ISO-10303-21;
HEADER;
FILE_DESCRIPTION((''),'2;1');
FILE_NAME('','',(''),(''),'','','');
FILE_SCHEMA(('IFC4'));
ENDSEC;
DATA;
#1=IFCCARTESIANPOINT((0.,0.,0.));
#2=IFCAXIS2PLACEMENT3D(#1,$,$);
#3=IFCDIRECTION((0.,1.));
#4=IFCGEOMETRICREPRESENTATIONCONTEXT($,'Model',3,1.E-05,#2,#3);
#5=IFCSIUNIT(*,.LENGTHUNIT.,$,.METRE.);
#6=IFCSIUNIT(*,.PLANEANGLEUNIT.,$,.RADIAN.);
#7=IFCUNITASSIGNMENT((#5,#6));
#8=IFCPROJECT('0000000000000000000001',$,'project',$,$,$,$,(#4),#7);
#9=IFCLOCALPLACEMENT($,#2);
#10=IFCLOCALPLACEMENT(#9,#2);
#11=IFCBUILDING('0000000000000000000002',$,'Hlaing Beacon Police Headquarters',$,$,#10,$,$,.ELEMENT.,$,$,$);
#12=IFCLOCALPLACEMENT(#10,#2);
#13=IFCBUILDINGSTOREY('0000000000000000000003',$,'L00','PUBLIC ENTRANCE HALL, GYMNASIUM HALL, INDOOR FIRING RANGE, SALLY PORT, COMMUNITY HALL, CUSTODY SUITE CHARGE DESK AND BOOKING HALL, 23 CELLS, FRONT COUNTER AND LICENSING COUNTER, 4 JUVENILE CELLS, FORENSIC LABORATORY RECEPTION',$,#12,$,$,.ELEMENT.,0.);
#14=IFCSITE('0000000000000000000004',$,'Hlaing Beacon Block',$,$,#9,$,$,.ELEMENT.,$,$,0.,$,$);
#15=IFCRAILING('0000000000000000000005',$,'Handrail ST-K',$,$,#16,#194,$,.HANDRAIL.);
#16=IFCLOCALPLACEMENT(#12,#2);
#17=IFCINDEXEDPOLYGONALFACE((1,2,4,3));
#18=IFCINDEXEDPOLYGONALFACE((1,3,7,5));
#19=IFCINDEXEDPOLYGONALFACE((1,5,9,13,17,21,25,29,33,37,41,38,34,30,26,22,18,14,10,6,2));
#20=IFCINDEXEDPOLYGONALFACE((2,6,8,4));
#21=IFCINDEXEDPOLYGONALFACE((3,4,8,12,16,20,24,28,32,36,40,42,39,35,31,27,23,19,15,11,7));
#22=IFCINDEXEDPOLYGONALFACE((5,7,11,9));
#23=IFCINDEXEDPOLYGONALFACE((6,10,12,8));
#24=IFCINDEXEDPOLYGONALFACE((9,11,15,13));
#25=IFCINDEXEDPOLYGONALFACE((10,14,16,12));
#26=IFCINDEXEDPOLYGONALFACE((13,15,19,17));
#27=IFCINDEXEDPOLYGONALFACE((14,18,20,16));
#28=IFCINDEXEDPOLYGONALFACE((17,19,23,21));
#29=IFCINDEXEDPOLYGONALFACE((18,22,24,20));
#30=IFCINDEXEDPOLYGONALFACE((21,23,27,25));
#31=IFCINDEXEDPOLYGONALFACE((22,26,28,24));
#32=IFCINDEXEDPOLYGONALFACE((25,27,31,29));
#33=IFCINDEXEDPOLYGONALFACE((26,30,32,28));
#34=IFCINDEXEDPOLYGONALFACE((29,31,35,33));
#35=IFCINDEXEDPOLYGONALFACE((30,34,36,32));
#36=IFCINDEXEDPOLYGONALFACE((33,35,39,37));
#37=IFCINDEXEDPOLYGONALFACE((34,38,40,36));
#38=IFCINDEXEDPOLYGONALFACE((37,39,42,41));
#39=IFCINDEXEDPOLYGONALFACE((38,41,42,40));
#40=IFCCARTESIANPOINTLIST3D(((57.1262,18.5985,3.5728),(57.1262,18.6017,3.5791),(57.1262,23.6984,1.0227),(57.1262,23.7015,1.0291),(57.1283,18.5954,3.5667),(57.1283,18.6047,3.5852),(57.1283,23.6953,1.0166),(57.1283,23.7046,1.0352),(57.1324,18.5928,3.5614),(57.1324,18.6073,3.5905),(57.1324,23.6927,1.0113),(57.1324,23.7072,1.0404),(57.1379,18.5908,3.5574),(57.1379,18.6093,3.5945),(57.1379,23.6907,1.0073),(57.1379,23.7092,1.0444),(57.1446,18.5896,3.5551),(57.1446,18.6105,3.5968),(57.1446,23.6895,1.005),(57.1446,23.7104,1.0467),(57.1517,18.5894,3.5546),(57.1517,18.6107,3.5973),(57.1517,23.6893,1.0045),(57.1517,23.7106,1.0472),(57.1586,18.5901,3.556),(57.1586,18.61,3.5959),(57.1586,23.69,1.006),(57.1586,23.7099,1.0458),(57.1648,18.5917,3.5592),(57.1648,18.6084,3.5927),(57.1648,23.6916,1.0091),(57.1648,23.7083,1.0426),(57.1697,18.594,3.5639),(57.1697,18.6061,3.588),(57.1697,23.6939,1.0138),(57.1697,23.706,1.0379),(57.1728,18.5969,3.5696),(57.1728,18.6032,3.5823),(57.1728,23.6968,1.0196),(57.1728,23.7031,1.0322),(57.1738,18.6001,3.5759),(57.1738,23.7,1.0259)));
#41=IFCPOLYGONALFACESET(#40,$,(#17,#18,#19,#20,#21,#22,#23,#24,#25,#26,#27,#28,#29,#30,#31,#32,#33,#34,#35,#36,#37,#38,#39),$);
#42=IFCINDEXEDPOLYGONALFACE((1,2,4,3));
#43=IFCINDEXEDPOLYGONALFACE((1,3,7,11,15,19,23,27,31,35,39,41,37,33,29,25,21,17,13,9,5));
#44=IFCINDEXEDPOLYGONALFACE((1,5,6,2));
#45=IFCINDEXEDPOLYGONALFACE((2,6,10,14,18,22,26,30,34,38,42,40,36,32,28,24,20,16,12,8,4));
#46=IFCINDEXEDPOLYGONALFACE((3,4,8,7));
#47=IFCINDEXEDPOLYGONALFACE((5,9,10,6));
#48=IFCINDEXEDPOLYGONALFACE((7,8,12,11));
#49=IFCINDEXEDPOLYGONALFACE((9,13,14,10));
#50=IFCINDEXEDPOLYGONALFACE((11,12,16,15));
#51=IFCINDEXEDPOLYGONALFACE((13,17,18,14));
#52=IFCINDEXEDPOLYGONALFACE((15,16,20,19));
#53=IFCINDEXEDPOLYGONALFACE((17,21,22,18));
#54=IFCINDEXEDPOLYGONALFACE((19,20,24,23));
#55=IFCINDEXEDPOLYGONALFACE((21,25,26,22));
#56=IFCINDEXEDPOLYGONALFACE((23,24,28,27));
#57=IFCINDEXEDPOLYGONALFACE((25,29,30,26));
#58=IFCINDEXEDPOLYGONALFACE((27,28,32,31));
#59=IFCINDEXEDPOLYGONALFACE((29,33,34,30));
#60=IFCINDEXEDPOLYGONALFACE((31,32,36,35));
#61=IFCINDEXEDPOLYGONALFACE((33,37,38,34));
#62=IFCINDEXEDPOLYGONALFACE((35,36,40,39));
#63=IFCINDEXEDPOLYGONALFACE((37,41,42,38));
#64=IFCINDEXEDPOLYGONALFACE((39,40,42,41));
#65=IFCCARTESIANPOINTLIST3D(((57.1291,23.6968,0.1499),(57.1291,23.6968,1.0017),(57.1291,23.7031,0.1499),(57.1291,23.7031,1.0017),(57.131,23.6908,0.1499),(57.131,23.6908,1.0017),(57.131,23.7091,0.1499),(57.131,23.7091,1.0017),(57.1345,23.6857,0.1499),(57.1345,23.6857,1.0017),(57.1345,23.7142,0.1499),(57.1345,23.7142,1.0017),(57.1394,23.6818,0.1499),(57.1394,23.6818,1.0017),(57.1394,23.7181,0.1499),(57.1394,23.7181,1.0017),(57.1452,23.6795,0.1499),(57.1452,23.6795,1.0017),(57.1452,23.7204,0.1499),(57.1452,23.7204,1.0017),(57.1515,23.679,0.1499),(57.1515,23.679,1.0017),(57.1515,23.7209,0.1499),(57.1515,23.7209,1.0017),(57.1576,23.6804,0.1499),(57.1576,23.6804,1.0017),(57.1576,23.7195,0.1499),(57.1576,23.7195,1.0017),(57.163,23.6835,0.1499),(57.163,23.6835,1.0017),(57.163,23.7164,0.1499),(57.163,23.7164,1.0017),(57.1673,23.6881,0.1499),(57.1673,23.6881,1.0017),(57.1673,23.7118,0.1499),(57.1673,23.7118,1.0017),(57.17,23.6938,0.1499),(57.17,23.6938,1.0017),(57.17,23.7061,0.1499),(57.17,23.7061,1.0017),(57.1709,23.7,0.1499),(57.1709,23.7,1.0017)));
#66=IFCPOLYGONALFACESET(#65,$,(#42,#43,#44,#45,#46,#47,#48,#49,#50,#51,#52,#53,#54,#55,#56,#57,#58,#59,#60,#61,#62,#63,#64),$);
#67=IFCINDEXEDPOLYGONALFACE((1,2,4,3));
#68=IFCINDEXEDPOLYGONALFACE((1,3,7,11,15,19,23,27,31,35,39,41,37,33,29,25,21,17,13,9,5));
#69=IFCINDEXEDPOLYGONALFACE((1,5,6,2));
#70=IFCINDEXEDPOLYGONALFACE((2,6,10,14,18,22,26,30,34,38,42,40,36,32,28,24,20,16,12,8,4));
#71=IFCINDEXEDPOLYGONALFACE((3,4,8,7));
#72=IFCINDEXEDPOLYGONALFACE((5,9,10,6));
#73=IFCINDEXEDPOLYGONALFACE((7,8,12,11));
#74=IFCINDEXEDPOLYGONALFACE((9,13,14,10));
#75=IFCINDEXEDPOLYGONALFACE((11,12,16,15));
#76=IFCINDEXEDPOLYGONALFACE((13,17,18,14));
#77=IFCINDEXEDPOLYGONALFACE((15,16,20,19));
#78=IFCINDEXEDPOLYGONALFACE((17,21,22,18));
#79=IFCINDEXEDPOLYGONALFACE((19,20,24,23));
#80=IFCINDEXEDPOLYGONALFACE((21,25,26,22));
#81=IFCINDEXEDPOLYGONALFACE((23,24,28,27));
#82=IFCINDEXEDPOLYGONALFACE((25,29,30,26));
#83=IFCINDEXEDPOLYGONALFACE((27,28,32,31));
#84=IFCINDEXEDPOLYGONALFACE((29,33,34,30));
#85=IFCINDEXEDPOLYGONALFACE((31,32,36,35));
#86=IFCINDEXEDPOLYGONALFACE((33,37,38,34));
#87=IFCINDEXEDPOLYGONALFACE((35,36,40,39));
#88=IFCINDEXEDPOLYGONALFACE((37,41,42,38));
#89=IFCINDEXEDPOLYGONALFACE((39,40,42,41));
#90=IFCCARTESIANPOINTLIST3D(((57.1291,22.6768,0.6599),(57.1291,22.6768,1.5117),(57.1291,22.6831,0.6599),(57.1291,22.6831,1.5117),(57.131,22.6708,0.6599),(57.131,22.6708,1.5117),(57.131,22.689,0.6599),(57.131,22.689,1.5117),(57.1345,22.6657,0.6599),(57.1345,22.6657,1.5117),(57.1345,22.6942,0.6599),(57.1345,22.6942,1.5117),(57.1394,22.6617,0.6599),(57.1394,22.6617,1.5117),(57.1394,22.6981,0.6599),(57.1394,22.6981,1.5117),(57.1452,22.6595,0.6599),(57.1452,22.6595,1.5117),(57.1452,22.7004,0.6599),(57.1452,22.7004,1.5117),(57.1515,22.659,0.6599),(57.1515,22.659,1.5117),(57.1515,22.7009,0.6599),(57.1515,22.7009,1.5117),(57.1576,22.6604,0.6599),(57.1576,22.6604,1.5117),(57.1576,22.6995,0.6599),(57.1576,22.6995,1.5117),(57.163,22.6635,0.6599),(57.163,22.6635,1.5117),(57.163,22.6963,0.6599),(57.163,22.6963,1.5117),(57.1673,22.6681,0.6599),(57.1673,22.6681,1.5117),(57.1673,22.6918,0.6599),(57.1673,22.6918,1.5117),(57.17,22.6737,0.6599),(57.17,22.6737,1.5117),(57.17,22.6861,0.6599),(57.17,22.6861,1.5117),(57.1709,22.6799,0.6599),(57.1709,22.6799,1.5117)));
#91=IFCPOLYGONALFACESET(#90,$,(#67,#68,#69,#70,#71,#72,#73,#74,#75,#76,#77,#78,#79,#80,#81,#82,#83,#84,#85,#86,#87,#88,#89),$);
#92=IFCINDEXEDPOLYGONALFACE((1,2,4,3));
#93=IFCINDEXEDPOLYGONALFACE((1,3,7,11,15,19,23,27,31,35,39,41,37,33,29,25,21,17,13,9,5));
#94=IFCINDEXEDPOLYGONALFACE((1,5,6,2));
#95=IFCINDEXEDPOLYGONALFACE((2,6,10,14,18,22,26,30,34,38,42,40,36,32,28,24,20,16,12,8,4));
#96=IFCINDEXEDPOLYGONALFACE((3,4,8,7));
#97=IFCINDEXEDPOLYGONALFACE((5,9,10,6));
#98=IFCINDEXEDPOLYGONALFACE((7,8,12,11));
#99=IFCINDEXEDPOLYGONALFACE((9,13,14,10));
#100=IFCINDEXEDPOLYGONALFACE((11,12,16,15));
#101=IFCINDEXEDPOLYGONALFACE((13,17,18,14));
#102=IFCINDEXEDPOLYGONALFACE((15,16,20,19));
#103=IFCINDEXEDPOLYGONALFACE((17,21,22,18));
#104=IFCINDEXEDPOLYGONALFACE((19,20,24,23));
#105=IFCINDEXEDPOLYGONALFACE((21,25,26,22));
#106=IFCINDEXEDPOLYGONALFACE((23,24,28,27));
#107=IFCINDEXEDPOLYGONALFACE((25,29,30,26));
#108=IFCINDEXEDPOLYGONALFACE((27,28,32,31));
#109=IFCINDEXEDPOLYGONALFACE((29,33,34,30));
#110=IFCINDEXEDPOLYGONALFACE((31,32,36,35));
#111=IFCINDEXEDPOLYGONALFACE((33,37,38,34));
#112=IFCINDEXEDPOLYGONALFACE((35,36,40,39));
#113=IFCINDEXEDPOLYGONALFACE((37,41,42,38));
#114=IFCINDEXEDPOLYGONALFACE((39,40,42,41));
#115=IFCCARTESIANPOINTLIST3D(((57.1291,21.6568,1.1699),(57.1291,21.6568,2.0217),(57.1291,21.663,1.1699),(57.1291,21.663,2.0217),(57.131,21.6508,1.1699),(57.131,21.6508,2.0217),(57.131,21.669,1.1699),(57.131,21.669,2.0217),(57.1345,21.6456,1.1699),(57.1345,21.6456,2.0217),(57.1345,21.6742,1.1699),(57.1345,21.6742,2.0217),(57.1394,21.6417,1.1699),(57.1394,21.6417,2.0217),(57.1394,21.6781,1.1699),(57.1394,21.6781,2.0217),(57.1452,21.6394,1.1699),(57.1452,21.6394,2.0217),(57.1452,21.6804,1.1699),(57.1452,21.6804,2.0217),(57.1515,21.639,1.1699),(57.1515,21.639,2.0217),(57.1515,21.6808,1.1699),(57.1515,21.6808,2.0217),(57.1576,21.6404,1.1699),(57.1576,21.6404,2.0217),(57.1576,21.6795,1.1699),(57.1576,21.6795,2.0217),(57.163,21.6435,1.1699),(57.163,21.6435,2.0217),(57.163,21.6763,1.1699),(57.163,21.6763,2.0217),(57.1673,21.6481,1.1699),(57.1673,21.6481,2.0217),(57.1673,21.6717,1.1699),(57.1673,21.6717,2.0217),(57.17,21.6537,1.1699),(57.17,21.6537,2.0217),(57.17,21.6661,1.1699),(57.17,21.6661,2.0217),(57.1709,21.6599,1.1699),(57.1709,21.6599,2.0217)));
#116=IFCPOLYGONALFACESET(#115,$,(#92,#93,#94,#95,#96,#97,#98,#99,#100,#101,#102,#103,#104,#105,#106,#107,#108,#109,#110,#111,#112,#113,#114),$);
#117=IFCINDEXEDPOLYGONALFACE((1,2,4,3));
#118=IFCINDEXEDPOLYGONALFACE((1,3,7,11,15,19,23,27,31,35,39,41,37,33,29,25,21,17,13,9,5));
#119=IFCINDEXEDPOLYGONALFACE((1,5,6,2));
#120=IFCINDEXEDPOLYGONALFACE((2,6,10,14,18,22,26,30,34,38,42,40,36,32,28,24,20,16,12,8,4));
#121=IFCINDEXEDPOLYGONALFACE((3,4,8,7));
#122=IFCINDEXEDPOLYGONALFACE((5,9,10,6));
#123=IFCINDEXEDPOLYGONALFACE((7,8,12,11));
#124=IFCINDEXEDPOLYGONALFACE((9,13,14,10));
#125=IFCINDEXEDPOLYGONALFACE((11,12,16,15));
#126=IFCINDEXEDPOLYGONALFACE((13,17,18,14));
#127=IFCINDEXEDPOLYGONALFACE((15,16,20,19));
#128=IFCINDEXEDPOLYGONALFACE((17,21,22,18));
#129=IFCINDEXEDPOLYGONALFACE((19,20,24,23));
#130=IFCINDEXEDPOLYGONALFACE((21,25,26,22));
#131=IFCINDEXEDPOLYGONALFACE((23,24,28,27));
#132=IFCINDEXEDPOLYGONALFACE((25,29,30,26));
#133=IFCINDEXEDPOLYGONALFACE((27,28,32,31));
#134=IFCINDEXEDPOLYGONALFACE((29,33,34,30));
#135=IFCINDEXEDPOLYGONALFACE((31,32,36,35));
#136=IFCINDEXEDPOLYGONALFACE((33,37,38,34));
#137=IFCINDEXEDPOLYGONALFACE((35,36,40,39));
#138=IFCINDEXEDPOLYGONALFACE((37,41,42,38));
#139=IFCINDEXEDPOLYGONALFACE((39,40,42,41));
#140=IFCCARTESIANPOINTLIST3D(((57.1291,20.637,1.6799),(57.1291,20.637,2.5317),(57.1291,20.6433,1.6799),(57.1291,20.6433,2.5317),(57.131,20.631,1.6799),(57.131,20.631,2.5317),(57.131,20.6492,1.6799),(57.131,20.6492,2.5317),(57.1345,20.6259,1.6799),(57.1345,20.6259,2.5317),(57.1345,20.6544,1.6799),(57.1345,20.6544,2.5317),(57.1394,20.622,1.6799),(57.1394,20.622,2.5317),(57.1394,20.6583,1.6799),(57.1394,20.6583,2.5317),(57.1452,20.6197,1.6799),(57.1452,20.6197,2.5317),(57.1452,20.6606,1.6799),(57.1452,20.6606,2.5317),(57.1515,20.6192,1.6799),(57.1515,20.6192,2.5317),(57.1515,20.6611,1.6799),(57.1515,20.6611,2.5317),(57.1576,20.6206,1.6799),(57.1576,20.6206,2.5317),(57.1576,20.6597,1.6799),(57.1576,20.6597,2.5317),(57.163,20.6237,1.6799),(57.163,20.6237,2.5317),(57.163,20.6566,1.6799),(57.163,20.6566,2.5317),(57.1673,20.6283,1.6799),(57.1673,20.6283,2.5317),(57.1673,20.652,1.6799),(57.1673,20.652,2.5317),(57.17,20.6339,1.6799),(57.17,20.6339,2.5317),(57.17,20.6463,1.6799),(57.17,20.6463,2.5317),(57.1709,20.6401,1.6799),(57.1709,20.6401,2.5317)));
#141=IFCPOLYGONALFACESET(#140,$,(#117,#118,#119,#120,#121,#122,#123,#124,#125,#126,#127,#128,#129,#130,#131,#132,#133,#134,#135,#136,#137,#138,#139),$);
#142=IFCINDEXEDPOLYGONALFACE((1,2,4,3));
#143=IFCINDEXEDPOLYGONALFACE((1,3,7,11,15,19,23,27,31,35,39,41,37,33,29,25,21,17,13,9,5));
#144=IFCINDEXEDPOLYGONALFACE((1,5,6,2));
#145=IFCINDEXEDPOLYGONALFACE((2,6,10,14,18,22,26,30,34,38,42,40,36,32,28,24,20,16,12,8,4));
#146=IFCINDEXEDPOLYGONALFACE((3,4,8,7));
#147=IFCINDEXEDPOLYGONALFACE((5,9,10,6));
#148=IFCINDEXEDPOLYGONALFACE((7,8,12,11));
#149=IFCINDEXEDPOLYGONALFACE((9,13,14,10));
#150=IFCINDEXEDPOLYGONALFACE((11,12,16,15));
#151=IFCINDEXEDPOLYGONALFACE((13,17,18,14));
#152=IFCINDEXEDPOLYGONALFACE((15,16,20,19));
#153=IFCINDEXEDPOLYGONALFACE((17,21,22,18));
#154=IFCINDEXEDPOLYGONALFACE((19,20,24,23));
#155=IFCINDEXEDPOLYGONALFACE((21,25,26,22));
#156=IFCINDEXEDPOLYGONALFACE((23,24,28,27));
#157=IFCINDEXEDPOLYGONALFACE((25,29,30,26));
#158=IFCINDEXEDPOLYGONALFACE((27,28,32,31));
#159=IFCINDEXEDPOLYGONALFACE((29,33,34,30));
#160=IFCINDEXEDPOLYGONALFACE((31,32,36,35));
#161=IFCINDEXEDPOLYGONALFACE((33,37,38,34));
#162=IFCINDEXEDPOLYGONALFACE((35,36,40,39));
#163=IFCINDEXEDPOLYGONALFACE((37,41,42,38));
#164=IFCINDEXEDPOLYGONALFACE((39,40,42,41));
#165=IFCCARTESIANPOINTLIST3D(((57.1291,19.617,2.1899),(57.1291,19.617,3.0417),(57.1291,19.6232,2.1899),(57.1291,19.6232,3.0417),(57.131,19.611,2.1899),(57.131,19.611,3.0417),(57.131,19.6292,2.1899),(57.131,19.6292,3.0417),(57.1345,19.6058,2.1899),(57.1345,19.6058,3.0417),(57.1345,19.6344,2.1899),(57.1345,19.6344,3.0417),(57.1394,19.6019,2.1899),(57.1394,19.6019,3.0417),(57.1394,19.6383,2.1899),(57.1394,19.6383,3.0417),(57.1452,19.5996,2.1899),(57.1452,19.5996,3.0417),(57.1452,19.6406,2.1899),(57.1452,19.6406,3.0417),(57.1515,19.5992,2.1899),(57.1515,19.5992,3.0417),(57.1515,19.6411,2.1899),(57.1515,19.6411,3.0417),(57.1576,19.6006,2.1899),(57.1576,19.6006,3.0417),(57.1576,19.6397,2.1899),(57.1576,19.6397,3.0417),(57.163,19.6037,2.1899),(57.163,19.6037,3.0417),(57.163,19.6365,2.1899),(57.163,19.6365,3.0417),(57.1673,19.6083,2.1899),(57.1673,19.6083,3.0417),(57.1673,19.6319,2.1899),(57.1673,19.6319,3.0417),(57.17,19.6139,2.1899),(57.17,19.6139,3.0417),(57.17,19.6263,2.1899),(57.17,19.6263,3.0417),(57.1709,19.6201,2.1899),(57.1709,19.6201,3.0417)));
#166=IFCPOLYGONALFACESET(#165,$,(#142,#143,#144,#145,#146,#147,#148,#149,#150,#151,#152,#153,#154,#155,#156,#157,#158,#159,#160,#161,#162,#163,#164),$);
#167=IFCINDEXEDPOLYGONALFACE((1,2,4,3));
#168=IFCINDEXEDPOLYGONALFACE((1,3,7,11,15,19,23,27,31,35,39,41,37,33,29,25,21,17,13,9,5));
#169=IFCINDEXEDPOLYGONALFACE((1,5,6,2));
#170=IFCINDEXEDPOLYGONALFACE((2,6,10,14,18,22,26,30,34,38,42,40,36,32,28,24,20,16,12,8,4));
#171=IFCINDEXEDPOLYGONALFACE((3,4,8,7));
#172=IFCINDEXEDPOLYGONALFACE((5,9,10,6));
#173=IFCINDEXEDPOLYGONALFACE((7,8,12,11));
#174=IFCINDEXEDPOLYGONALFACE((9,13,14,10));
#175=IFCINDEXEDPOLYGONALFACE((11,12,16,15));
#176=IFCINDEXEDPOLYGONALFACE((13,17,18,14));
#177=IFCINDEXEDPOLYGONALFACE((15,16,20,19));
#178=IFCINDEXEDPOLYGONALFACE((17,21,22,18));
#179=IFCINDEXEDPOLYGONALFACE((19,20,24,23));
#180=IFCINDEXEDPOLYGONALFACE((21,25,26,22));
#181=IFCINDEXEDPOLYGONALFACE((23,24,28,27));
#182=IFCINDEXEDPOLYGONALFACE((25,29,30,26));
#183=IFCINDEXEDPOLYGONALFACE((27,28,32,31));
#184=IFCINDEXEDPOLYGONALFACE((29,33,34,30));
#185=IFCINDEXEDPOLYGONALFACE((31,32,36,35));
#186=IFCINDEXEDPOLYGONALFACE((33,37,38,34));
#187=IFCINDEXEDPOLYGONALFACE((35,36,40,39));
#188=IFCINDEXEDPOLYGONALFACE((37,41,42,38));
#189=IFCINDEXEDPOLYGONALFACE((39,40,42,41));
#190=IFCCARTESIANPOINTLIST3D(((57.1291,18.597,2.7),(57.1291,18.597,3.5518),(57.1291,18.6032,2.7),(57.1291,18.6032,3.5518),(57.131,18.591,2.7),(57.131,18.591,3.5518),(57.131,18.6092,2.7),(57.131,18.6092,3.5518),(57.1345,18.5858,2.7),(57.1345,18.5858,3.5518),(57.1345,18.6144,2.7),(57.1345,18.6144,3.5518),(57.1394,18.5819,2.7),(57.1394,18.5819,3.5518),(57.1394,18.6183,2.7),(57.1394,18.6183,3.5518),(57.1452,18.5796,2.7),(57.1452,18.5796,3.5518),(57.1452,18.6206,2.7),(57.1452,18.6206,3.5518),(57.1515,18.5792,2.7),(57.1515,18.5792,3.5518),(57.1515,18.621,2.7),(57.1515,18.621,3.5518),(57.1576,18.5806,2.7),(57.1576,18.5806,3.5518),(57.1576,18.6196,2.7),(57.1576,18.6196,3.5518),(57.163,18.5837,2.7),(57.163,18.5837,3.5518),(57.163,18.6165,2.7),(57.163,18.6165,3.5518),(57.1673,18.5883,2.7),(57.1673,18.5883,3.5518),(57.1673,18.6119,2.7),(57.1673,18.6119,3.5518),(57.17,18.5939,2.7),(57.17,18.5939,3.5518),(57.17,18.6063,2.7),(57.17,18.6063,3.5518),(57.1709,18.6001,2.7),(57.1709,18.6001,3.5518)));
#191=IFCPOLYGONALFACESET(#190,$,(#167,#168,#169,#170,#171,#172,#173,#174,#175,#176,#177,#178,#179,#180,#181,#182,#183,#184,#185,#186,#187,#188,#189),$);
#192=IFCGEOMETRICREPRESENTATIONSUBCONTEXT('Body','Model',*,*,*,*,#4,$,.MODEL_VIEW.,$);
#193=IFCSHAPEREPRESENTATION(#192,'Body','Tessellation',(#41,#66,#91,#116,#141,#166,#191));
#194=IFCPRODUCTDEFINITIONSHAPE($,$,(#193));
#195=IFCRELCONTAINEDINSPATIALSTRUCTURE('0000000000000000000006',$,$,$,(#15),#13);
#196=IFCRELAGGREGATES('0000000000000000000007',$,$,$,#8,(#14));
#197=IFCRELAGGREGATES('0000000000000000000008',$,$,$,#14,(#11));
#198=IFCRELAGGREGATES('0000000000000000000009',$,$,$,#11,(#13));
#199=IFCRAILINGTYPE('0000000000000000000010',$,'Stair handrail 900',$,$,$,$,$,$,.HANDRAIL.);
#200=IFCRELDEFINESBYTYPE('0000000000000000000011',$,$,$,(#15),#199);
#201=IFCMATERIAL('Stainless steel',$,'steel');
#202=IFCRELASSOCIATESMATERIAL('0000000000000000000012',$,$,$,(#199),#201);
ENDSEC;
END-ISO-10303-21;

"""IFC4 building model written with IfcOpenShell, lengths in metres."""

from ifc_helpers import new_model, si_unit, direction, frame, origin, origin_2d, place, context, subcontext, project, spatial, circle, extrude, material, type_object, element, save


model = new_model("IFC4")

# Units and contexts
model_context = context("Model", 3, precision=1e-05, world=origin(), true_north=direction((0.0, 1.0)))
body_context = subcontext(model_context, "Body", "Model", "MODEL_VIEW")
ifc_project = project(units=[si_unit("LENGTHUNIT", "METRE"), si_unit("PLANEANGLEUNIT", "RADIAN")], contexts=[model_context])

# Site, building, storey
site_placement = place(None, origin())
site = spatial("IfcSite", under=ifc_project, at=site_placement, Name="Hlaing Beacon Block", CompositionType="ELEMENT", RefElevation=0.0)
building_placement = place(site_placement, origin())
building = spatial("IfcBuilding", under=site, at=building_placement, Name="Hlaing Beacon Police Headquarters", CompositionType="ELEMENT")
storey_placement = place(building_placement, origin())
storey = spatial("IfcBuildingStorey", under=building, at=storey_placement, Name="L00", Description="PUBLIC ENTRANCE HALL, GYMNASIUM HALL, INDOOR FIRING RANGE, SALLY PORT, COMMUNITY HALL, CUSTODY SUITE CHARGE DESK AND BOOKING HALL, 23 CELLS, FRONT COUNTER AND LICENSING COUNTER, 4 JUVENILE CELLS, FORENSIC LABORATORY RECEPTION", CompositionType="ELEMENT", Elevation=0.0)

# Railing
ifc_material_1 = material(Name="Stainless steel", Category="steel")
railing_type_1 = type_object("IfcRailingType", Name="Stair handrail 900", PredefinedType="HANDRAIL", material=ifc_material_1)
for number, where, name in (
    (1, (57.1499, 23.7, 0.1499), "Handrail ST-K"),
):
    element("IfcRailing", number, at=place(storey_placement, frame(where)), inside=storey, type_object=railing_type_1, Name=name, PredefinedType="HANDRAIL", context=body_context, shape_type="SweptSolid", body=[
        extrude(circle(Radius=0.0239, at=origin_2d()), frame((0.0, 0.0, 0.876), z_axis=(0.0, -0.894419, 0.447231), x_axis=(1.0, 0.0, 0.0)), (0.0, 0.0, 1.0), 5.7019),
        extrude(circle(Radius=0.021, at=origin_2d()), origin(), (0.0, 0.0, 1.0), 0.8518),
        extrude(circle(Radius=0.021, at=origin_2d()), frame((0.0, -1.02, 0.51)), (0.0, 0.0, 1.0), 0.8518),
        extrude(circle(Radius=0.021, at=origin_2d()), frame((0.0, -2.04, 1.02)), (0.0, 0.0, 1.0), 0.8518),
        extrude(circle(Radius=0.021, at=origin_2d()), frame((0.0, -3.0598, 1.53)), (0.0, 0.0, 1.0), 0.8518),
        extrude(circle(Radius=0.021, at=origin_2d()), frame((0.0, -4.0798, 2.04)), (0.0, 0.0, 1.0), 0.8518),
        extrude(circle(Radius=0.021, at=origin_2d()), frame((0.0, -5.0999, 2.55)), (0.0, 0.0, 1.0), 0.8518),
    ])

save(model, "model.ifc")
